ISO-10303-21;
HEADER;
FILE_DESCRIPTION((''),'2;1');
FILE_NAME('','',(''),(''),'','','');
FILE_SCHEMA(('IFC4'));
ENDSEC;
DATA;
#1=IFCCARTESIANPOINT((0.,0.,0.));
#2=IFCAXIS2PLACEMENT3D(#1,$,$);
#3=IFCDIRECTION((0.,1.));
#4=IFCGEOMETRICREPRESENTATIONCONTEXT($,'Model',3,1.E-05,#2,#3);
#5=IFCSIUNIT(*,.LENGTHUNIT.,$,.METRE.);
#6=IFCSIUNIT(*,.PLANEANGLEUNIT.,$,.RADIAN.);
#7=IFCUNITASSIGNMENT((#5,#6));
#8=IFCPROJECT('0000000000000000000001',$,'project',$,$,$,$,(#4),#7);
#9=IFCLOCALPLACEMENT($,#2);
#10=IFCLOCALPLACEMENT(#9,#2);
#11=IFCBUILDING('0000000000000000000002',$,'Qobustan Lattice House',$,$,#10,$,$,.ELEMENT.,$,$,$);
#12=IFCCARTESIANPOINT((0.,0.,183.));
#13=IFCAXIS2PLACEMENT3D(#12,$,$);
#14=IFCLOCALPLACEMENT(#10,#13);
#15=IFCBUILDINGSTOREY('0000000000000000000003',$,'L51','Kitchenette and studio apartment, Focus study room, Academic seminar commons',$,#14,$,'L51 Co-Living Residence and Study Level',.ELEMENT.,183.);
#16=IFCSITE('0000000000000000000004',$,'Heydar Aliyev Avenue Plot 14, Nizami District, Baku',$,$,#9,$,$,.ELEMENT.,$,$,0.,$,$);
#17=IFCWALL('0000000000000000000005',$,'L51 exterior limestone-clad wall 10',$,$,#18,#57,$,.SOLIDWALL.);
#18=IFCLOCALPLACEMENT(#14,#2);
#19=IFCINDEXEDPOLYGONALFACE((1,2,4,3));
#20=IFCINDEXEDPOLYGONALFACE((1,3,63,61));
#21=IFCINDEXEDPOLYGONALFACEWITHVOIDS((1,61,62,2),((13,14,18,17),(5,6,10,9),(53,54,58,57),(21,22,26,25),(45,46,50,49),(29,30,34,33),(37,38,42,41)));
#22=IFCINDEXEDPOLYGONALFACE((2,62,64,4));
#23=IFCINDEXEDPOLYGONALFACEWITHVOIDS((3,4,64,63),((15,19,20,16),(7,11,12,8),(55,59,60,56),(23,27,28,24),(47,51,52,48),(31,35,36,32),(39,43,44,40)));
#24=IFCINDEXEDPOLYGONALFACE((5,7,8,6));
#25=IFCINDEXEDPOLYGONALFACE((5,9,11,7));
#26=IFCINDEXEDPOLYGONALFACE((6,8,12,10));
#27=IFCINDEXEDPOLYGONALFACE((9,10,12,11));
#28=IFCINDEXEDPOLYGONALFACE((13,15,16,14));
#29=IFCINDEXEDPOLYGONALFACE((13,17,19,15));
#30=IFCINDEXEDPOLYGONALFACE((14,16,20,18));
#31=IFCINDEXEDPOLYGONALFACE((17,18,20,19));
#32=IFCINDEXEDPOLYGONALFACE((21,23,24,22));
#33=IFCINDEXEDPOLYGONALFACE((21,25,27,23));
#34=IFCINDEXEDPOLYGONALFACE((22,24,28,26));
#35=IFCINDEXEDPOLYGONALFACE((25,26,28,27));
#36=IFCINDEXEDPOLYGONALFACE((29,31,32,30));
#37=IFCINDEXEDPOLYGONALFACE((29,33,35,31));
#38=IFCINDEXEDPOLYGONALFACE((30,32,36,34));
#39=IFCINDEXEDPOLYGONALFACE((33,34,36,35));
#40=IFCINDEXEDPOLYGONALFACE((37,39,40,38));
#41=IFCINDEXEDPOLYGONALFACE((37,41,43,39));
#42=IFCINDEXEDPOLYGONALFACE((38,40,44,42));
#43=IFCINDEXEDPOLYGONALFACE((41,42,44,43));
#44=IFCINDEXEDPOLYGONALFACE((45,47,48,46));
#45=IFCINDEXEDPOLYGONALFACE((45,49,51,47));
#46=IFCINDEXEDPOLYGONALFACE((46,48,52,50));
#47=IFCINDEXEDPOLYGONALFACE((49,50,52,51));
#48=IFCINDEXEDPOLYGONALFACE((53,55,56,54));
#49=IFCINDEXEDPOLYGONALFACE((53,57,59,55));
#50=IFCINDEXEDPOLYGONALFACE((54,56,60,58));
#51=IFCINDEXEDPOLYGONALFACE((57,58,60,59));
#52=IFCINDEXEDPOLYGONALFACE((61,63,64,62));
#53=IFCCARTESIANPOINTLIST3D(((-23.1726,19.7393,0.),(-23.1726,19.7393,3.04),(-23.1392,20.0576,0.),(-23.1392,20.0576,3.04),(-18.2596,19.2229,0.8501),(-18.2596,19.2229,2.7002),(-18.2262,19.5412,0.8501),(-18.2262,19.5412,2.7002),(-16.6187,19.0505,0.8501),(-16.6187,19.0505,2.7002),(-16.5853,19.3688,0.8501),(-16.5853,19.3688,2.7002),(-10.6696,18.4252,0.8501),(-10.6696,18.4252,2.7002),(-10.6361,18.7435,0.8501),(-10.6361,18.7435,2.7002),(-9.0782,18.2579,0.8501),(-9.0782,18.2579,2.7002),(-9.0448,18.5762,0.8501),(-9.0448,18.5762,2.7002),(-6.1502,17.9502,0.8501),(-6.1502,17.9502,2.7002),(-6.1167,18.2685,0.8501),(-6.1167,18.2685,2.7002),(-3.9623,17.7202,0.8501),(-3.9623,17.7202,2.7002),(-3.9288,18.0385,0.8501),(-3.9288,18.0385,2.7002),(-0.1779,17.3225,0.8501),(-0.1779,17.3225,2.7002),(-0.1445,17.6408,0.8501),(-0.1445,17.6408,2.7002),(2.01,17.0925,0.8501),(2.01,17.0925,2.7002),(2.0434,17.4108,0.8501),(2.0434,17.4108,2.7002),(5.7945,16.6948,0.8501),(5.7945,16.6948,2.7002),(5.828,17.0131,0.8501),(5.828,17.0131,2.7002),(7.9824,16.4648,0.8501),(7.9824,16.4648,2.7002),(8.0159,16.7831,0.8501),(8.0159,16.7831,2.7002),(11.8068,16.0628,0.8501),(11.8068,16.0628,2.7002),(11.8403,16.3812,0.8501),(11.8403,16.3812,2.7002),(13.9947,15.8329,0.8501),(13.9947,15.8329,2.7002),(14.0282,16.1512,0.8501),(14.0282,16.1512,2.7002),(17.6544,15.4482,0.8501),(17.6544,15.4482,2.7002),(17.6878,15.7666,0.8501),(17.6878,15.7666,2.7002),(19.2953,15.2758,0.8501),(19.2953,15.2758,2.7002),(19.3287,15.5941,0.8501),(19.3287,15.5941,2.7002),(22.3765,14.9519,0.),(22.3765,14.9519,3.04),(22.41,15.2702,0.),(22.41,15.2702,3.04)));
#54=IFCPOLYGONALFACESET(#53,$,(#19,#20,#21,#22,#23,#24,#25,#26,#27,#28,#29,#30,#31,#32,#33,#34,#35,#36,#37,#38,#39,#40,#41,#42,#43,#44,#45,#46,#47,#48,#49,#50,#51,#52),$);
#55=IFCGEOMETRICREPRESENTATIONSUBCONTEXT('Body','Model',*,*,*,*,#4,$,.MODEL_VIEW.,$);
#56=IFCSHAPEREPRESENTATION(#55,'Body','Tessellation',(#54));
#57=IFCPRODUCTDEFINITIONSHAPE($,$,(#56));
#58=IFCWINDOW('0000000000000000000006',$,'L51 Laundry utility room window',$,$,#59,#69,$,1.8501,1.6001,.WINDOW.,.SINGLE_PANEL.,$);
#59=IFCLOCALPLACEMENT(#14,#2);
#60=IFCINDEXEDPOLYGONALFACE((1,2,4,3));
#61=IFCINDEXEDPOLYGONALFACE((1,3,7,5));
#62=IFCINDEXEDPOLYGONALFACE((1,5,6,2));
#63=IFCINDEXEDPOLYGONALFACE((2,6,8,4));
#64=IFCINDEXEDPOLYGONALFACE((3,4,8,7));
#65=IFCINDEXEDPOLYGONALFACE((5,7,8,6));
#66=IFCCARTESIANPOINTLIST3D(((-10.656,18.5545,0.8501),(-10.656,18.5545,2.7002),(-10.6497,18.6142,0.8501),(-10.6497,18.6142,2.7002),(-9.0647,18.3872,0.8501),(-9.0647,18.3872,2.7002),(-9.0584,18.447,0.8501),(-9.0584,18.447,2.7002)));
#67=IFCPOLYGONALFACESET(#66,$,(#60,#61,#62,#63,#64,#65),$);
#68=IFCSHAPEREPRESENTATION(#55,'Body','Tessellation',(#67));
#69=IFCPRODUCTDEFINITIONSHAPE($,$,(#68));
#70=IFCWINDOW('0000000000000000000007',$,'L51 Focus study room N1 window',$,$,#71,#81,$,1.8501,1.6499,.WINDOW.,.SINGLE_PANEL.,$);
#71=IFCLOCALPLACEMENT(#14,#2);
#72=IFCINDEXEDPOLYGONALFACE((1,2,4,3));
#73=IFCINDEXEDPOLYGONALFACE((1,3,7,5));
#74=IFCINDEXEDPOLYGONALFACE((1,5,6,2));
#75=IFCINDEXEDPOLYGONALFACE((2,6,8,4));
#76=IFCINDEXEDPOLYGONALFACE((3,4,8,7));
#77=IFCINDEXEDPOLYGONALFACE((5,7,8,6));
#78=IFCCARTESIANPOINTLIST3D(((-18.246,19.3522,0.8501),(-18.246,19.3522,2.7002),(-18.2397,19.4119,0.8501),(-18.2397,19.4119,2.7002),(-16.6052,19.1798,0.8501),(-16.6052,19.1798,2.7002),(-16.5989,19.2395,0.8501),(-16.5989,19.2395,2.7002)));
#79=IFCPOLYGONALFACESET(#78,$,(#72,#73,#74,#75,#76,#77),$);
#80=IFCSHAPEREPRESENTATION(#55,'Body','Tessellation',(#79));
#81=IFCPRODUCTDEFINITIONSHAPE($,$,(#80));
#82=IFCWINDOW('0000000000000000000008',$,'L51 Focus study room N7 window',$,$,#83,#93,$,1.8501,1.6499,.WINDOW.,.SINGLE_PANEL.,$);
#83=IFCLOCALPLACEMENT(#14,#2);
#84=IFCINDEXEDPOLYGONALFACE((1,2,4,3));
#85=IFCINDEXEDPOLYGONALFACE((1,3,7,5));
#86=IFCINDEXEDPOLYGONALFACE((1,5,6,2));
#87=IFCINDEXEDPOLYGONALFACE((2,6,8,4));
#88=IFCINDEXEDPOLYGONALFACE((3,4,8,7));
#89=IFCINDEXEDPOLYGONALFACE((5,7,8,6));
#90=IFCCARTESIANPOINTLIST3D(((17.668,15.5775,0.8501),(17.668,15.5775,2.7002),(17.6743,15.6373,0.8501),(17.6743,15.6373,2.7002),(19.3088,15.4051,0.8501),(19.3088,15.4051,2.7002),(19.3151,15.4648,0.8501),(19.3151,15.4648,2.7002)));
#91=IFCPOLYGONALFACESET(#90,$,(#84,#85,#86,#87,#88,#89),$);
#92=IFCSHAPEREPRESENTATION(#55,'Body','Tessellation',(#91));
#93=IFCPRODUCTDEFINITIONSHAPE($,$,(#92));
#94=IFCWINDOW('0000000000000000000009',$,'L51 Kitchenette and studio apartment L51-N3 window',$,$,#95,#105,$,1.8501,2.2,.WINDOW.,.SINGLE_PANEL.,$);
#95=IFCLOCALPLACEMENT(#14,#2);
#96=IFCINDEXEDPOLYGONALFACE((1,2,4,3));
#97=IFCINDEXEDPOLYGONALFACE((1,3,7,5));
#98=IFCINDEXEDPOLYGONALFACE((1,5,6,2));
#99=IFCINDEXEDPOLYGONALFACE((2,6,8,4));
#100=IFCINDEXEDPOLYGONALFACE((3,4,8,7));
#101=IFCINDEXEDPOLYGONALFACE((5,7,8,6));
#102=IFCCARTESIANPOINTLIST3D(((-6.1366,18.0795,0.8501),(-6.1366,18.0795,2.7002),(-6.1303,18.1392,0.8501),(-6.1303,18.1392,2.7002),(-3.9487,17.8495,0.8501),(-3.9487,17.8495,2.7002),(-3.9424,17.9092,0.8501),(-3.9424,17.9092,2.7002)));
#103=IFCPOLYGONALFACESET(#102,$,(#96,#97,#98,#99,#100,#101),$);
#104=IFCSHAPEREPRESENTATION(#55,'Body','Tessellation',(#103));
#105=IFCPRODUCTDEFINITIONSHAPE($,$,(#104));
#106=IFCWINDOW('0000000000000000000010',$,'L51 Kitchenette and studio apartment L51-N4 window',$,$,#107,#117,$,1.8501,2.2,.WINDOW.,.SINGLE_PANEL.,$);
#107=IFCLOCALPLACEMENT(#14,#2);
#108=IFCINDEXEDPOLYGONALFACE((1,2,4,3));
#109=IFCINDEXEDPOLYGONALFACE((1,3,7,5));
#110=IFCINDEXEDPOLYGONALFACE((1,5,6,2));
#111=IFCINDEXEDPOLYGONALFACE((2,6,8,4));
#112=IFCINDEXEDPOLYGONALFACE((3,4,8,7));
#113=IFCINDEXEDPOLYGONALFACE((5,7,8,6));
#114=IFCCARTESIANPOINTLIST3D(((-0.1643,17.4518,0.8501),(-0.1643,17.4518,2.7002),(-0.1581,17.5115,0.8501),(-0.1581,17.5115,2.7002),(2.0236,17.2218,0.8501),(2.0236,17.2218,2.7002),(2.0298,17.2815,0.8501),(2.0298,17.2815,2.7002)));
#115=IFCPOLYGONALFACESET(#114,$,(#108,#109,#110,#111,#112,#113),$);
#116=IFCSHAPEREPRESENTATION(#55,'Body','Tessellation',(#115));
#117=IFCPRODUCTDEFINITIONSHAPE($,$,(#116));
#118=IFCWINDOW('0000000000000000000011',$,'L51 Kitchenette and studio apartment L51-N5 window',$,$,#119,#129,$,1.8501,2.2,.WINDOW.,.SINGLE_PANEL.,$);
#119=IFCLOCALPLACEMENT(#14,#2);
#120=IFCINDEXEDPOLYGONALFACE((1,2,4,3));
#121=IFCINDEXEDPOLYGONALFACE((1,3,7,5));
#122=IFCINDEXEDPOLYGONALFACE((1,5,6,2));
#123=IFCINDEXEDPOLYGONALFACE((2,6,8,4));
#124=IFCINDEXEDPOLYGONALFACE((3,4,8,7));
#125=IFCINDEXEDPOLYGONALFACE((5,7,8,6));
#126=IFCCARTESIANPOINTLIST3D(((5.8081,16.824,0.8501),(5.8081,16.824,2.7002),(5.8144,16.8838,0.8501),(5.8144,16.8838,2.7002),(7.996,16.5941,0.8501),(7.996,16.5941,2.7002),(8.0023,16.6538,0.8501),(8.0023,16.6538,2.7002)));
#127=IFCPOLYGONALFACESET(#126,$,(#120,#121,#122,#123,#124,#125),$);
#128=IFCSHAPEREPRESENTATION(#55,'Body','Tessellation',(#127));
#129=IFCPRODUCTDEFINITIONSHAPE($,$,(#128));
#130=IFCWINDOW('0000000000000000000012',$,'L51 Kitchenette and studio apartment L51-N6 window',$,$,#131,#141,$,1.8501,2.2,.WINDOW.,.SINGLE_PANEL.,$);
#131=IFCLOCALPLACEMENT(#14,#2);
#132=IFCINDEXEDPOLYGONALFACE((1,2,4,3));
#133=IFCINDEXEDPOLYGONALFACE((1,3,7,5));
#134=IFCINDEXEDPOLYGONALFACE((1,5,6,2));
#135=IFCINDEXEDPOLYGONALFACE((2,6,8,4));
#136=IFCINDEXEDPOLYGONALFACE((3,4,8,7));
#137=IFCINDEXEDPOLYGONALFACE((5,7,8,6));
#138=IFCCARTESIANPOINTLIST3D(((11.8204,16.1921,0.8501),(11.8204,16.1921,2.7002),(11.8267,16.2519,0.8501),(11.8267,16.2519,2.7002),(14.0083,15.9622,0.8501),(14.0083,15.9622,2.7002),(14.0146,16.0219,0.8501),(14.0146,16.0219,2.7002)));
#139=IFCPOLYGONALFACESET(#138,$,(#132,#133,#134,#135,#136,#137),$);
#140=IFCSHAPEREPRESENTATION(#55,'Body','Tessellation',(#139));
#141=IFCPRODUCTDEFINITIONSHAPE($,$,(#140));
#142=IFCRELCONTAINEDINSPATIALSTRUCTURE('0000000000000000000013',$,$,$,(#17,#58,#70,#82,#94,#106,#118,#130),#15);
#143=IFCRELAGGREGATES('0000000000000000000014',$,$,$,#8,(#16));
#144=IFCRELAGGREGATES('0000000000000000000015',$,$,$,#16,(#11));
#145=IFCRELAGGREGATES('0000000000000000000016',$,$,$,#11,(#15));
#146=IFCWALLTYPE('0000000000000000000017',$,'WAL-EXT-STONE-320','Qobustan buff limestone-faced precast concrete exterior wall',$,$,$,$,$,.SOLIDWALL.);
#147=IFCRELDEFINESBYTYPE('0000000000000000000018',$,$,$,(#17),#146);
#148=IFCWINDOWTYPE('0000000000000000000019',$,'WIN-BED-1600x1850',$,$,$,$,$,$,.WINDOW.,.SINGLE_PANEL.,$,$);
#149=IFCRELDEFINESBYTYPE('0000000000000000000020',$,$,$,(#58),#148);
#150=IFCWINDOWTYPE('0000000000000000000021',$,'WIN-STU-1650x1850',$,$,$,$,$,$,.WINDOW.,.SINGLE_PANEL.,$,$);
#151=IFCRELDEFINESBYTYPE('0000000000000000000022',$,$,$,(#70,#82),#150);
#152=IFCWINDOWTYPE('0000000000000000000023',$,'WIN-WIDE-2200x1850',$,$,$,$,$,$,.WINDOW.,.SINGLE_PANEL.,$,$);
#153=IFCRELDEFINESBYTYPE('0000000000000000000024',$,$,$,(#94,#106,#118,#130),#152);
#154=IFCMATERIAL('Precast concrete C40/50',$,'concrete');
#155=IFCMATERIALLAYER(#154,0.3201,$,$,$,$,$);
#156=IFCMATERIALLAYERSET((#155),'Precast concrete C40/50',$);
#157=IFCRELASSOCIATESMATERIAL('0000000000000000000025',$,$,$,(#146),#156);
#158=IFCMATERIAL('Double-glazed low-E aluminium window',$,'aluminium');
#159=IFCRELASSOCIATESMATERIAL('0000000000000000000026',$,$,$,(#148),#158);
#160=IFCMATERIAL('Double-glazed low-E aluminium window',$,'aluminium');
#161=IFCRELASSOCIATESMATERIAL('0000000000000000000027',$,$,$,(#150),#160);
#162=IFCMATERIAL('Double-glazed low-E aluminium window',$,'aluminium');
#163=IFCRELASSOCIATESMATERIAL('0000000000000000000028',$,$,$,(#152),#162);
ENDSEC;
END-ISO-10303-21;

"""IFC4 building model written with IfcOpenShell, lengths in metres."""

from ifc_helpers import new_model, si_unit, direction, frame, frame_2d, origin, place, context, subcontext, project, spatial, rectangle, extrude, material, layer, layer_set, type_object, element, fill, save


model = new_model("IFC4")

# Units and contexts
model_context = context("Model", 3, precision=1e-05, world=origin(), true_north=direction((0.0, 1.0)))
body_context = subcontext(model_context, "Body", "Model", "MODEL_VIEW")
ifc_project = project(units=[si_unit("LENGTHUNIT", "METRE"), si_unit("PLANEANGLEUNIT", "RADIAN")], contexts=[model_context])

# Site, building, storey
site_placement = place(None, origin())
site = spatial("IfcSite", under=ifc_project, at=site_placement, Name="Heydar Aliyev Avenue Plot 14, Nizami District, Baku", CompositionType="ELEMENT", RefElevation=0.0)
building_placement = place(site_placement, origin())
building = spatial("IfcBuilding", under=site, at=building_placement, Name="Qobustan Lattice House", CompositionType="ELEMENT")
storey_placement = place(building_placement, frame((0.0, 0.0, 183.0)))
storey = spatial("IfcBuildingStorey", under=building, at=storey_placement, Name="L51", Description="Kitchenette and studio apartment, Focus study room, Academic seminar commons", LongName="L51 Co-Living Residence and Study Level", CompositionType="ELEMENT", Elevation=183.0)

# Shared definitions
ifc_material_1 = material(Name="Precast concrete C40/50", Category="concrete")
ifc_layer_1 = layer(ifc_material_1, 0.3201)
ifc_layer_set_1 = layer_set([ifc_layer_1], Name="Precast concrete C40/50")
wall_type_1 = type_object("IfcWallType", Name="WAL-EXT-STONE-320", Description="Qobustan buff limestone-faced precast concrete exterior wall", PredefinedType="SOLIDWALL", material=ifc_layer_set_1)

# Wall, openings, windows
wall_1_placement = place(storey_placement, frame((-23.1558, 19.8984, 0.0), z_axis=(0.0, 0.0, 1.0), x_axis=(0.994522, -0.104527, 0.0)))
wall_1 = element("IfcWall", 1, at=wall_1_placement, inside=storey, type_object=wall_type_1, Name="L51 exterior limestone-clad wall 10", PredefinedType="SOLIDWALL", context=body_context, shape_type="SweptSolid", body=[
    extrude(rectangle(XDim=45.8, YDim=0.3201, at=frame_2d((22.8999, 0.0))), origin(), (0.0, 0.0, 1.0), 3.04),
])
opening_1_placement = place(wall_1_placement, frame((4.9399, 0.0, 0.8501)))
opening_1 = element("IfcOpeningElement", 2, at=opening_1_placement, cuts=wall_1, PredefinedType="OPENING", context=body_context, shape_type="SweptSolid", body=[
    extrude(rectangle(XDim=1.6499, YDim=1.8501, at=frame_2d((0.825, 0.925))), frame((0.0, 0.1699, 0.0), z_axis=(0.0, -1.0, 0.0), x_axis=(1.0, 0.0, 0.0)), (0.0, 0.0, 1.0), 0.3401),
])
opening_2_placement = place(wall_1_placement, frame((12.5718, 0.0, 0.8501)))
opening_2 = element("IfcOpeningElement", 3, at=opening_2_placement, cuts=wall_1, PredefinedType="OPENING", context=body_context, shape_type="SweptSolid", body=[
    extrude(rectangle(XDim=1.6001, YDim=1.8501, at=frame_2d((0.8, 0.925))), frame((0.0, 0.1699, 0.0), z_axis=(0.0, -1.0, 0.0), x_axis=(1.0, 0.0, 0.0)), (0.0, 0.0, 1.0), 0.3401),
])
opening_3_placement = place(wall_1_placement, frame((17.116, 0.0, 0.8501)))
opening_3 = element("IfcOpeningElement", 4, at=opening_3_placement, cuts=wall_1, PredefinedType="OPENING", context=body_context, shape_type="SweptSolid", body=[
    extrude(rectangle(XDim=2.2, YDim=1.8501, at=frame_2d((1.1001, 0.925))), frame((0.0, 0.1699, 0.0), z_axis=(0.0, -1.0, 0.0), x_axis=(1.0, 0.0, 0.0)), (0.0, 0.0, 1.0), 0.3401),
])
opening_4_placement = place(wall_1_placement, frame((23.1211, 0.0, 0.8501)))
opening_4 = element("IfcOpeningElement", 5, at=opening_4_placement, cuts=wall_1, PredefinedType="OPENING", context=body_context, shape_type="SweptSolid", body=[
    extrude(rectangle(XDim=2.2, YDim=1.8501, at=frame_2d((1.1001, 0.925))), frame((0.0, 0.1699, 0.0), z_axis=(0.0, -1.0, 0.0), x_axis=(1.0, 0.0, 0.0)), (0.0, 0.0, 1.0), 0.3401),
])
opening_5_placement = place(wall_1_placement, frame((29.1265, 0.0, 0.8501)))
opening_5 = element("IfcOpeningElement", 6, at=opening_5_placement, cuts=wall_1, PredefinedType="OPENING", context=body_context, shape_type="SweptSolid", body=[
    extrude(rectangle(XDim=2.2, YDim=1.8501, at=frame_2d((1.1001, 0.925))), frame((0.0, 0.1699, 0.0), z_axis=(0.0, -1.0, 0.0), x_axis=(1.0, 0.0, 0.0)), (0.0, 0.0, 1.0), 0.3401),
])
opening_6_placement = place(wall_1_placement, frame((35.1719, 0.0, 0.8501)))
opening_6 = element("IfcOpeningElement", 7, at=opening_6_placement, cuts=wall_1, PredefinedType="OPENING", context=body_context, shape_type="SweptSolid", body=[
    extrude(rectangle(XDim=2.2, YDim=1.8501, at=frame_2d((1.1001, 0.925))), frame((0.0, 0.1699, 0.0), z_axis=(0.0, -1.0, 0.0), x_axis=(1.0, 0.0, 0.0)), (0.0, 0.0, 1.0), 0.3401),
])
opening_7_placement = place(wall_1_placement, frame((41.0518, 0.0, 0.8501)))
opening_7 = element("IfcOpeningElement", 8, at=opening_7_placement, cuts=wall_1, PredefinedType="OPENING", context=body_context, shape_type="SweptSolid", body=[
    extrude(rectangle(XDim=1.6499, YDim=1.8501, at=frame_2d((0.825, 0.925))), frame((0.0, 0.1699, 0.0), z_axis=(0.0, -1.0, 0.0), x_axis=(1.0, 0.0, 0.0)), (0.0, 0.0, 1.0), 0.3401),
])
ifc_material_2 = material(Name="Double-glazed low-E aluminium window", Category="aluminium")
window_type_1 = type_object("IfcWindowType", Name="WIN-BED-1600x1850", PartitioningType="SINGLE_PANEL", PredefinedType="WINDOW", material=ifc_material_2)
window_1_placement = place(opening_2_placement, origin())
window_1 = element("IfcWindow", 9, at=window_1_placement, inside=storey, type_object=window_type_1, Name="L51 Laundry utility room window", OverallHeight=1.8501, OverallWidth=1.6001, PartitioningType="SINGLE_PANEL", PredefinedType="WINDOW", context=body_context, shape_type="SweptSolid", body=[
    extrude(rectangle(XDim=1.6001, YDim=1.8501, at=frame_2d((0.8, 0.925))), frame((0.0, 0.03, 0.0), z_axis=(0.0, -1.0, 0.0), x_axis=(1.0, 0.0, 0.0)), (0.0, 0.0, 1.0), 0.0601),
])
fill(opening_2, window_1)
ifc_material_3 = material(Name="Double-glazed low-E aluminium window", Category="aluminium")
window_type_2 = type_object("IfcWindowType", Name="WIN-STU-1650x1850", PartitioningType="SINGLE_PANEL", PredefinedType="WINDOW", material=ifc_material_3)
window_2_placement = place(opening_1_placement, origin())
window_2 = element("IfcWindow", 10, at=window_2_placement, inside=storey, type_object=window_type_2, Name="L51 Focus study room N1 window", OverallHeight=1.8501, OverallWidth=1.6499, PartitioningType="SINGLE_PANEL", PredefinedType="WINDOW", context=body_context, shape_type="SweptSolid", body=[
    extrude(rectangle(XDim=1.6499, YDim=1.8501, at=frame_2d((0.825, 0.925))), frame((0.0, 0.03, 0.0), z_axis=(0.0, -1.0, 0.0), x_axis=(1.0, 0.0, 0.0)), (0.0, 0.0, 1.0), 0.0601),
])
fill(opening_1, window_2)
window_3_placement = place(opening_7_placement, origin())
window_3 = element("IfcWindow", 11, at=window_3_placement, inside=storey, type_object=window_type_2, Name="L51 Focus study room N7 window", OverallHeight=1.8501, OverallWidth=1.6499, PartitioningType="SINGLE_PANEL", PredefinedType="WINDOW", context=body_context, shape_type="SweptSolid", body=[
    extrude(rectangle(XDim=1.6499, YDim=1.8501, at=frame_2d((0.825, 0.925))), frame((0.0, 0.03, 0.0), z_axis=(0.0, -1.0, 0.0), x_axis=(1.0, 0.0, 0.0)), (0.0, 0.0, 1.0), 0.0601),
])
fill(opening_7, window_3)
ifc_material_4 = material(Name="Double-glazed low-E aluminium window", Category="aluminium")
window_type_3 = type_object("IfcWindowType", Name="WIN-WIDE-2200x1850", PartitioningType="SINGLE_PANEL", PredefinedType="WINDOW", material=ifc_material_4)
window_4_placement = place(opening_3_placement, origin())
window_4 = element("IfcWindow", 12, at=window_4_placement, inside=storey, type_object=window_type_3, Name="L51 Kitchenette and studio apartment L51-N3 window", OverallHeight=1.8501, OverallWidth=2.2, PartitioningType="SINGLE_PANEL", PredefinedType="WINDOW", context=body_context, shape_type="SweptSolid", body=[
    extrude(rectangle(XDim=2.2, YDim=1.8501, at=frame_2d((1.1001, 0.925))), frame((0.0, 0.03, 0.0), z_axis=(0.0, -1.0, 0.0), x_axis=(1.0, 0.0, 0.0)), (0.0, 0.0, 1.0), 0.0601),
])
fill(opening_3, window_4)
window_5_placement = place(opening_4_placement, origin())
window_5 = element("IfcWindow", 13, at=window_5_placement, inside=storey, type_object=window_type_3, Name="L51 Kitchenette and studio apartment L51-N4 window", OverallHeight=1.8501, OverallWidth=2.2, PartitioningType="SINGLE_PANEL", PredefinedType="WINDOW", context=body_context, shape_type="SweptSolid", body=[
    extrude(rectangle(XDim=2.2, YDim=1.8501, at=frame_2d((1.1001, 0.925))), frame((0.0, 0.03, 0.0), z_axis=(0.0, -1.0, 0.0), x_axis=(1.0, 0.0, 0.0)), (0.0, 0.0, 1.0), 0.0601),
])
fill(opening_4, window_5)
window_6_placement = place(opening_5_placement, origin())
window_6 = element("IfcWindow", 14, at=window_6_placement, inside=storey, type_object=window_type_3, Name="L51 Kitchenette and studio apartment L51-N5 window", OverallHeight=1.8501, OverallWidth=2.2, PartitioningType="SINGLE_PANEL", PredefinedType="WINDOW", context=body_context, shape_type="SweptSolid", body=[
    extrude(rectangle(XDim=2.2, YDim=1.8501, at=frame_2d((1.1001, 0.925))), frame((0.0, 0.03, 0.0), z_axis=(0.0, -1.0, 0.0), x_axis=(1.0, 0.0, 0.0)), (0.0, 0.0, 1.0), 0.0601),
])
fill(opening_5, window_6)
window_7_placement = place(opening_6_placement, origin())
window_7 = element("IfcWindow", 15, at=window_7_placement, inside=storey, type_object=window_type_3, Name="L51 Kitchenette and studio apartment L51-N6 window", OverallHeight=1.8501, OverallWidth=2.2, PartitioningType="SINGLE_PANEL", PredefinedType="WINDOW", context=body_context, shape_type="SweptSolid", body=[
    extrude(rectangle(XDim=2.2, YDim=1.8501, at=frame_2d((1.1001, 0.925))), frame((0.0, 0.03, 0.0), z_axis=(0.0, -1.0, 0.0), x_axis=(1.0, 0.0, 0.0)), (0.0, 0.0, 1.0), 0.0601),
])
fill(opening_6, window_7)

save(model, "model.ifc")
